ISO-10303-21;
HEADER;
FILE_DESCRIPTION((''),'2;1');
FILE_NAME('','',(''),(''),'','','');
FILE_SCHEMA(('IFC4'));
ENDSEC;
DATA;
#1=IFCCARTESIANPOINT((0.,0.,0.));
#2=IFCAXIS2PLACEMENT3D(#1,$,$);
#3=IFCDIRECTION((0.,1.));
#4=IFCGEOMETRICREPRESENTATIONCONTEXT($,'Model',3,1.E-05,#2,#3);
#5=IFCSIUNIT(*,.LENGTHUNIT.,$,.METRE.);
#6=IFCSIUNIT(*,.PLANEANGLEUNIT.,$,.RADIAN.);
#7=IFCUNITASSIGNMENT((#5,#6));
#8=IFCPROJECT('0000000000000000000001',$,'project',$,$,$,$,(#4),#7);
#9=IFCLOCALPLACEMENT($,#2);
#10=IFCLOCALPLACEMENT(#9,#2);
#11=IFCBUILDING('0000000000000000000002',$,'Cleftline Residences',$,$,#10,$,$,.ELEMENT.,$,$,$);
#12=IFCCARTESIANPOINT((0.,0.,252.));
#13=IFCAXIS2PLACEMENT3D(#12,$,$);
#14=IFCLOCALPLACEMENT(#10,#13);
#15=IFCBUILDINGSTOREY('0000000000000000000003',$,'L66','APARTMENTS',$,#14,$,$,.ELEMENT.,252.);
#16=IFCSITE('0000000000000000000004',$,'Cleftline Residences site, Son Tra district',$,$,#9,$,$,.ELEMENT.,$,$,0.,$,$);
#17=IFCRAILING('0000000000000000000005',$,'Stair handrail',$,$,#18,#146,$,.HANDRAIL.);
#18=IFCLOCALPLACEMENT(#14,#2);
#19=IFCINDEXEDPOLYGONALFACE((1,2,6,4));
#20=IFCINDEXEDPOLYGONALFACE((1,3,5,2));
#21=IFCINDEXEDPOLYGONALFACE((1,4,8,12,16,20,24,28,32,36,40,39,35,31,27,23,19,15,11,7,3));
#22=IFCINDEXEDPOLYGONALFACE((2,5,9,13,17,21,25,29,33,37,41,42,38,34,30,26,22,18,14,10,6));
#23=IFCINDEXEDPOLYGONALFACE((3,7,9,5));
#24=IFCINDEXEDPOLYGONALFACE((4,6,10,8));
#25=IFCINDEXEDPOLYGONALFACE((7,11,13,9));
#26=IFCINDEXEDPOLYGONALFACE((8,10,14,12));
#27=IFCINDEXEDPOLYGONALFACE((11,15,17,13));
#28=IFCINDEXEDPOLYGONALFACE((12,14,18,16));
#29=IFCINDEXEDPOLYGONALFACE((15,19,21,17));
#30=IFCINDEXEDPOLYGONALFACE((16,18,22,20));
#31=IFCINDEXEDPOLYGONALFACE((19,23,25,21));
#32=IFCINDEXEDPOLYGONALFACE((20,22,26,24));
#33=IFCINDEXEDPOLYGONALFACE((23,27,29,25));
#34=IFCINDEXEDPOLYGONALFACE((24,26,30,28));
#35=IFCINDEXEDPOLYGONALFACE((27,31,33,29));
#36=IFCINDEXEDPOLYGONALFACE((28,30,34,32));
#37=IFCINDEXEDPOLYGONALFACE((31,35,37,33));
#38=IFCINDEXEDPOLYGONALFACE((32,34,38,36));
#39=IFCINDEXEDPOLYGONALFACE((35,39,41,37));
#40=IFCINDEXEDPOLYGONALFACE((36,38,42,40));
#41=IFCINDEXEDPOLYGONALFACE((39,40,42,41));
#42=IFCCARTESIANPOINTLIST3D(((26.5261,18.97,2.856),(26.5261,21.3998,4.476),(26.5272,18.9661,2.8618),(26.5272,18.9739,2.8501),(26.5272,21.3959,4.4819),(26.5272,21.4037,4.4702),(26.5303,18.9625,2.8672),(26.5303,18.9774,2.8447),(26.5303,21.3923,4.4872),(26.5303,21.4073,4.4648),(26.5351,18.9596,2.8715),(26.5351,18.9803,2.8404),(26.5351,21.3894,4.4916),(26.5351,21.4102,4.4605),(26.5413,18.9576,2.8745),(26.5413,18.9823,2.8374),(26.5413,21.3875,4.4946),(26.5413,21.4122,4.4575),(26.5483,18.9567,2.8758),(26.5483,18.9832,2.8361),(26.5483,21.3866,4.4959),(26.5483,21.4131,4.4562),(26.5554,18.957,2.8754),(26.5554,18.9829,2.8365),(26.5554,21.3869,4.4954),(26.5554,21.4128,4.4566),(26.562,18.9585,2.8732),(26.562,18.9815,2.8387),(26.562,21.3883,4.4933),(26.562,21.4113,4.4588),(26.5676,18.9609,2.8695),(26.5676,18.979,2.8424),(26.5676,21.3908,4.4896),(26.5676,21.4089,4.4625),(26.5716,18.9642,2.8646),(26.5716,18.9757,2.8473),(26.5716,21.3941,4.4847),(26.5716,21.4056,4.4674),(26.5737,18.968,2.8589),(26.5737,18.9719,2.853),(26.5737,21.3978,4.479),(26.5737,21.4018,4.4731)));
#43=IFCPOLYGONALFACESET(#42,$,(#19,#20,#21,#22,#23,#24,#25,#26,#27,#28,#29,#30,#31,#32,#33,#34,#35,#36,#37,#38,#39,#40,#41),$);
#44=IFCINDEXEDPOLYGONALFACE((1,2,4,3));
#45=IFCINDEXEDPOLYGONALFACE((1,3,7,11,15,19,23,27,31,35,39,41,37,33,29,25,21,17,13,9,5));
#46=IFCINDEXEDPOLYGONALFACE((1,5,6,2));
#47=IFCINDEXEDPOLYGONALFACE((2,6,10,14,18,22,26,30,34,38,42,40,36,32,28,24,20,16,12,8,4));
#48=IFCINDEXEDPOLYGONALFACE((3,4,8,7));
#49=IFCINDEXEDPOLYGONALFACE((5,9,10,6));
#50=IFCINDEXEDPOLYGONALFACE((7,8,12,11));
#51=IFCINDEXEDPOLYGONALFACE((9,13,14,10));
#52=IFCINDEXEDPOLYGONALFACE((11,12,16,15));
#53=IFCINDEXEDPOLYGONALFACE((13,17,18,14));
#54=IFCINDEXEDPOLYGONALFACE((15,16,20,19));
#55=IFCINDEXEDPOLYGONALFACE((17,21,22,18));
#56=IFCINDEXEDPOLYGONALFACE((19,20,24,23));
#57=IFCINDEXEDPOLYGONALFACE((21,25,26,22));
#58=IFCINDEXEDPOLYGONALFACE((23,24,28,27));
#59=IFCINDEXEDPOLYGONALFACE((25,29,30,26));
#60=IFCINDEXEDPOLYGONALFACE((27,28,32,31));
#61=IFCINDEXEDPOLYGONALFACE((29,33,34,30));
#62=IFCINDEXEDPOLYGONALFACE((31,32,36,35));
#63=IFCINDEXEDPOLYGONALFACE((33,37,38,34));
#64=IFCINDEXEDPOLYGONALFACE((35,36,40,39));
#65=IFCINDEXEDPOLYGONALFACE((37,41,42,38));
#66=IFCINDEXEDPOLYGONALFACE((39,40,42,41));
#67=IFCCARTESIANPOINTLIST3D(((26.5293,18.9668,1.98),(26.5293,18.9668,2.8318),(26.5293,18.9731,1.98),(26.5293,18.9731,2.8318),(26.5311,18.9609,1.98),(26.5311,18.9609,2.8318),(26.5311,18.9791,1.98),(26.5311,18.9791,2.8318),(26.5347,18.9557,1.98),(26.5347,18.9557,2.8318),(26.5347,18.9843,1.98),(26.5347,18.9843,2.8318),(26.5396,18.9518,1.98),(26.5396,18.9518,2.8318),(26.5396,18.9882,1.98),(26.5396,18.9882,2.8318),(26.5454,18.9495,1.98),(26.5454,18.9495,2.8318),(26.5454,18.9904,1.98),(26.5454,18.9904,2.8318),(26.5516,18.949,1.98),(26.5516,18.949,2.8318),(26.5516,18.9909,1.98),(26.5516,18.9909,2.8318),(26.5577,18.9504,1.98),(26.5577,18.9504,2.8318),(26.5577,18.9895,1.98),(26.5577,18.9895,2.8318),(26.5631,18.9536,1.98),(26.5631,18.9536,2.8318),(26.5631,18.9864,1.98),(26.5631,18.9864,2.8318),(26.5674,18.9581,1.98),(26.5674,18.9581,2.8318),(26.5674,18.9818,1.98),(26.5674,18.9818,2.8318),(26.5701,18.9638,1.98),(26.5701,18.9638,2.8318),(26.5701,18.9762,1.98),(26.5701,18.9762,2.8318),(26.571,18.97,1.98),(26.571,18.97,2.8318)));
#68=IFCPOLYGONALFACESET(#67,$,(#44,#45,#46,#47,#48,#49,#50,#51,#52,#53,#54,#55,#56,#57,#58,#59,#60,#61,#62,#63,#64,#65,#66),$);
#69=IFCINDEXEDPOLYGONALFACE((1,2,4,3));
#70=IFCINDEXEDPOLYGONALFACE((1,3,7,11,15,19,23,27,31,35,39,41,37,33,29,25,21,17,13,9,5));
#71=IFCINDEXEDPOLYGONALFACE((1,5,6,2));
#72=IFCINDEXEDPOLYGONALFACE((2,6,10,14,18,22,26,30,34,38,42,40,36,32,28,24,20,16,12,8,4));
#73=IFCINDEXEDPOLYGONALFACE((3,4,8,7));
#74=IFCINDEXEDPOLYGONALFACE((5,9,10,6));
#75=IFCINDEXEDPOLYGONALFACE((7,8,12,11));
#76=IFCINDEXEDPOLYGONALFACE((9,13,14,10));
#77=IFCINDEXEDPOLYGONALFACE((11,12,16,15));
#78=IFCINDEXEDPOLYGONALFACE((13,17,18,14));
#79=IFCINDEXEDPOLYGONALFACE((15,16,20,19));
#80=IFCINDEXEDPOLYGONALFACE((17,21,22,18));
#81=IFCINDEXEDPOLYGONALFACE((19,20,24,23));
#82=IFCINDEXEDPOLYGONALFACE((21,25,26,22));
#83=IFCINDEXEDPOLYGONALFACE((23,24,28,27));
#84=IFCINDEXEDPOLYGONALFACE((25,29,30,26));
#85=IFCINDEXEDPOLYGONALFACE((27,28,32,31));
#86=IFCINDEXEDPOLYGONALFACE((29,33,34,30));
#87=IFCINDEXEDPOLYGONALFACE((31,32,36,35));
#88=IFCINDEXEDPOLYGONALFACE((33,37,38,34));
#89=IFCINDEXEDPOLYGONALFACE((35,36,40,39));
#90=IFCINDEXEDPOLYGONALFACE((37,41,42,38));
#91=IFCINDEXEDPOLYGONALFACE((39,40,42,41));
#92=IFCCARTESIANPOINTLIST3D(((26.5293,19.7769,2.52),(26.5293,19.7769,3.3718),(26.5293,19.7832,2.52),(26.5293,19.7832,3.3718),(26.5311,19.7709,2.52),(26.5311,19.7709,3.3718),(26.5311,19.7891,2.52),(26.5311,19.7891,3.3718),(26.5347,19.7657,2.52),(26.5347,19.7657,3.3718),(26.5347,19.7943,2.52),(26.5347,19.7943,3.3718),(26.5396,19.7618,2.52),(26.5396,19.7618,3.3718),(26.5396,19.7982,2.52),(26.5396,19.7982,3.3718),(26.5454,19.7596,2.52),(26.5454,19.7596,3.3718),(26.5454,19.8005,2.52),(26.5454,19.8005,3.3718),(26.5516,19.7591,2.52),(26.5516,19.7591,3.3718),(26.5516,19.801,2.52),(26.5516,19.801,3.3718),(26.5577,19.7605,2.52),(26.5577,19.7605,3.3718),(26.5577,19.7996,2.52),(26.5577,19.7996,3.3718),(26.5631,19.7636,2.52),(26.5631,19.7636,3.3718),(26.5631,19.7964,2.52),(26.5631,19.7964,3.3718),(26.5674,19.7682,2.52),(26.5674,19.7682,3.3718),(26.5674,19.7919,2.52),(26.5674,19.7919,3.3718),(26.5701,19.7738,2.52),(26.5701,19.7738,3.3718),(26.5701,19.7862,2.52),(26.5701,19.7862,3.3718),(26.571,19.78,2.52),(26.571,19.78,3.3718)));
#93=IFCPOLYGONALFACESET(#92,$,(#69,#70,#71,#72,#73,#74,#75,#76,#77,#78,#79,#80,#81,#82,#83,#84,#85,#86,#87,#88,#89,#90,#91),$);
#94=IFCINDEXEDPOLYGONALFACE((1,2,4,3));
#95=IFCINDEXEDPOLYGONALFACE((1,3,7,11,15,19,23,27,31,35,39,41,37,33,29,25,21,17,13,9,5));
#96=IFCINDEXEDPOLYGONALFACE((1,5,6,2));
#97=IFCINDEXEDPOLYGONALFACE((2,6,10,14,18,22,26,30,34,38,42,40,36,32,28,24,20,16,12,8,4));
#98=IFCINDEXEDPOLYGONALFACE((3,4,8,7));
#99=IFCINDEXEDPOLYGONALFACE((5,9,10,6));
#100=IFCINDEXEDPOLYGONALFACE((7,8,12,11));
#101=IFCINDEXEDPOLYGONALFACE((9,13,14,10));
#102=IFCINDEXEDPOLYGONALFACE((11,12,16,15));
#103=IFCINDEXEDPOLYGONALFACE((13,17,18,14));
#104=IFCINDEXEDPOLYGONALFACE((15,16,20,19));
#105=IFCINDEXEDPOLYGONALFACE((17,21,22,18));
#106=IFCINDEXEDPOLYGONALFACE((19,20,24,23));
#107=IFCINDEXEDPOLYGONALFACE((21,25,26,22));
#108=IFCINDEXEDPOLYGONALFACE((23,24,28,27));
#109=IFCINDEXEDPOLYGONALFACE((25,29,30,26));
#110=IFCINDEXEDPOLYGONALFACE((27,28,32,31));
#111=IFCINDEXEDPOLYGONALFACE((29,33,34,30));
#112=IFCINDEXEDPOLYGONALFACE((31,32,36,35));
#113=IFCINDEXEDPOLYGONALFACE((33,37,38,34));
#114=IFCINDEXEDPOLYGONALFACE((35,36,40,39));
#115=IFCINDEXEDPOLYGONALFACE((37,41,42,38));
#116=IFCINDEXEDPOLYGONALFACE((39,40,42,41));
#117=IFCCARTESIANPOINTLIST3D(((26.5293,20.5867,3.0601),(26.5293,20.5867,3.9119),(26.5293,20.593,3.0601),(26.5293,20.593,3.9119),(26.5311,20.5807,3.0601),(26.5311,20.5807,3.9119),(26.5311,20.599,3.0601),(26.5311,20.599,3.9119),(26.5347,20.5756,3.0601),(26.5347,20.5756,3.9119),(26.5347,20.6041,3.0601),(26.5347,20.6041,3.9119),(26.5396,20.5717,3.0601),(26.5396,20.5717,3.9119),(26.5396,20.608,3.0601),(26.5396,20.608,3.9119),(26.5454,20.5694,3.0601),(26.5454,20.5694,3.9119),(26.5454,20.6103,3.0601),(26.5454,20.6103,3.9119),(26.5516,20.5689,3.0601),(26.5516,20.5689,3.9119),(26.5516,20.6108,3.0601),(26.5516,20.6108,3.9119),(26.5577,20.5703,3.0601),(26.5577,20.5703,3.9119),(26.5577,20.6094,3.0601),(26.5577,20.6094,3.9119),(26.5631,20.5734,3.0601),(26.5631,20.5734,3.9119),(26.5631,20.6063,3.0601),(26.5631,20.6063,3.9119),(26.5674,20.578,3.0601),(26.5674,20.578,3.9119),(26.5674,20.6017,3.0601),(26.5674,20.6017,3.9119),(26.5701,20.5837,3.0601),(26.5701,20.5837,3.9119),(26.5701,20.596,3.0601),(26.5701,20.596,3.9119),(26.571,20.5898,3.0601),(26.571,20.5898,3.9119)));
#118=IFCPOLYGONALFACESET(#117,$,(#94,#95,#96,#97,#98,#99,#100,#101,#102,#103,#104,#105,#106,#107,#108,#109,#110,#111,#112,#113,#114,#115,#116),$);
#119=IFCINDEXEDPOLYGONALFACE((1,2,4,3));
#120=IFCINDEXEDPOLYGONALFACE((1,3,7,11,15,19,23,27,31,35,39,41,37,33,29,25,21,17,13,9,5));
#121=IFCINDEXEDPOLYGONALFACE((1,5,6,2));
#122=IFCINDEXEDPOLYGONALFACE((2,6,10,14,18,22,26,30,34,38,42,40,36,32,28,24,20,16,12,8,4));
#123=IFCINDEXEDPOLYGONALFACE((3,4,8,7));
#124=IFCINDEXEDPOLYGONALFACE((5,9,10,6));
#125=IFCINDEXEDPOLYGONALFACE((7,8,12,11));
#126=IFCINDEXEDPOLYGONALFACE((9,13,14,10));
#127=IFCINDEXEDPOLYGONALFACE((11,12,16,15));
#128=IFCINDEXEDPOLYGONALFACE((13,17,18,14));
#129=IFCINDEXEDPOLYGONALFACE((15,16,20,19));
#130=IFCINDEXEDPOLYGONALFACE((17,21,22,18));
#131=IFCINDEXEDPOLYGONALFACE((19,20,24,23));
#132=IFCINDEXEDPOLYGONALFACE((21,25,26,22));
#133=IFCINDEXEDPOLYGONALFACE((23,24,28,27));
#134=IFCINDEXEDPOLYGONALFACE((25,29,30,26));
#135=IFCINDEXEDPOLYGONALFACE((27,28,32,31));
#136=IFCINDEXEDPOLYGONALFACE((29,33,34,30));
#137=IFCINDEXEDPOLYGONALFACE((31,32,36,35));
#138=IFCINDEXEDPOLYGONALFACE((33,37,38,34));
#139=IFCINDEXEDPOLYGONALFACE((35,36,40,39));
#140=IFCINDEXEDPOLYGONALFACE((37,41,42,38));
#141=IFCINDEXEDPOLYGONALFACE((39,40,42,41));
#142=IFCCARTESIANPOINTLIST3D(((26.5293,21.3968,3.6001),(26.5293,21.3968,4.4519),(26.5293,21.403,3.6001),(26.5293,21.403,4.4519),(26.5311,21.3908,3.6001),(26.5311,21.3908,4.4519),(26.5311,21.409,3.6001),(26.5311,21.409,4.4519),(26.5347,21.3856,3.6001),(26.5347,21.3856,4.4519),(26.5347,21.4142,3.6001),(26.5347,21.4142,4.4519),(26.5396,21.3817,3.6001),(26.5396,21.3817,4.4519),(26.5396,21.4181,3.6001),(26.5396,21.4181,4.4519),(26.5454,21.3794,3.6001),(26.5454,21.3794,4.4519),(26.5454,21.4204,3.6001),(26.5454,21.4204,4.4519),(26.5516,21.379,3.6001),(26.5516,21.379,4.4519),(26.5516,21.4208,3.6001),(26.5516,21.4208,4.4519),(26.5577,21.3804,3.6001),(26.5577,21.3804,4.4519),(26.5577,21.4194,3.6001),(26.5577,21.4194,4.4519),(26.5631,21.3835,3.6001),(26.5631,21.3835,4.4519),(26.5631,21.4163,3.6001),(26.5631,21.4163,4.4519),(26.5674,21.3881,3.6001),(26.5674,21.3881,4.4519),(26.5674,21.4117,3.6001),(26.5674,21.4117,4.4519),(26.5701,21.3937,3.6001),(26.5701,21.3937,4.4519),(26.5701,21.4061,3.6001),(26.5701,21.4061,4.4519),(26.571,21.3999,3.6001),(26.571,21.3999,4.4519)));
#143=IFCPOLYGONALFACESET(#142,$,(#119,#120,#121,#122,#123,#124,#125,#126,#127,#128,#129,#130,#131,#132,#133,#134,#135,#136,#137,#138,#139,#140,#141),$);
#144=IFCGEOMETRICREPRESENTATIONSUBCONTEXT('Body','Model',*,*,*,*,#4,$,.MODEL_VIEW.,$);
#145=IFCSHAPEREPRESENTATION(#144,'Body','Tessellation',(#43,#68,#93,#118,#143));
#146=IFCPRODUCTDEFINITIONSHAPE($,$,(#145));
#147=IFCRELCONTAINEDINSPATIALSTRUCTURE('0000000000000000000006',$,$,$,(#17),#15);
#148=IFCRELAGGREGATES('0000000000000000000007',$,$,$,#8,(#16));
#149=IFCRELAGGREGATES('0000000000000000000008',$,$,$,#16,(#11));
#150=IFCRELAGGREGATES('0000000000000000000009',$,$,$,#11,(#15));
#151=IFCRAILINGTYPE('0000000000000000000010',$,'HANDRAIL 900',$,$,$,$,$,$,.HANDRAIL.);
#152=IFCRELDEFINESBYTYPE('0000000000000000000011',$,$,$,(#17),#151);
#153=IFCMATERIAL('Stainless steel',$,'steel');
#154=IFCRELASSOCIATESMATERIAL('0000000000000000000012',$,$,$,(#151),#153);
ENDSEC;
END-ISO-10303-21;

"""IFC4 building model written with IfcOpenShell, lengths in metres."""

from ifc_helpers import new_model, si_unit, direction, frame, origin, origin_2d, place, context, subcontext, project, spatial, circle, extrude, material, type_object, element, save


model = new_model("IFC4")

# Units and contexts
model_context = context("Model", 3, precision=1e-05, world=origin(), true_north=direction((0.0, 1.0)))
body_context = subcontext(model_context, "Body", "Model", "MODEL_VIEW")
ifc_project = project(units=[si_unit("LENGTHUNIT", "METRE"), si_unit("PLANEANGLEUNIT", "RADIAN")], contexts=[model_context])

# Site, building, storey
site_placement = place(None, origin())
site = spatial("IfcSite", under=ifc_project, at=site_placement, Name="Cleftline Residences site, Son Tra district", CompositionType="ELEMENT", RefElevation=0.0)
building_placement = place(site_placement, origin())
building = spatial("IfcBuilding", under=site, at=building_placement, Name="Cleftline Residences", CompositionType="ELEMENT")
storey_placement = place(building_placement, frame((0.0, 0.0, 252.0)))
storey = spatial("IfcBuildingStorey", under=building, at=storey_placement, Name="L66", Description="APARTMENTS", CompositionType="ELEMENT", Elevation=252.0)

# Railing
ifc_material_1 = material(Name="Stainless steel", Category="steel")
railing_type = type_object("IfcRailingType", Name="HANDRAIL 900", PredefinedType="HANDRAIL", material=ifc_material_1)
railing_1_placement = place(storey_placement, frame((26.55, 18.97, 1.98)))
element("IfcRailing", 1, at=railing_1_placement, inside=storey, type_object=railing_type, Name="Stair handrail", PredefinedType="HANDRAIL", context=body_context, shape_type="SweptSolid", body=[
    extrude(circle(Radius=0.0239, at=origin_2d()), frame((0.0, 0.0, 0.876), z_axis=(0.0, 0.832025, 0.554739), x_axis=(-1.0, 0.0, 0.0)), (0.0, 0.0, 1.0), 2.9204),
    extrude(circle(Radius=0.021, at=origin_2d()), origin(), (0.0, 0.0, 1.0), 0.8518),
    extrude(circle(Radius=0.021, at=origin_2d()), frame((0.0, 0.8101, 0.54)), (0.0, 0.0, 1.0), 0.8518),
    extrude(circle(Radius=0.021, at=origin_2d()), frame((0.0, 1.6199, 1.0801)), (0.0, 0.0, 1.0), 0.8518),
    extrude(circle(Radius=0.021, at=origin_2d()), frame((0.0, 2.4299, 1.6201)), (0.0, 0.0, 1.0), 0.8518),
])

save(model, "model.ifc")
